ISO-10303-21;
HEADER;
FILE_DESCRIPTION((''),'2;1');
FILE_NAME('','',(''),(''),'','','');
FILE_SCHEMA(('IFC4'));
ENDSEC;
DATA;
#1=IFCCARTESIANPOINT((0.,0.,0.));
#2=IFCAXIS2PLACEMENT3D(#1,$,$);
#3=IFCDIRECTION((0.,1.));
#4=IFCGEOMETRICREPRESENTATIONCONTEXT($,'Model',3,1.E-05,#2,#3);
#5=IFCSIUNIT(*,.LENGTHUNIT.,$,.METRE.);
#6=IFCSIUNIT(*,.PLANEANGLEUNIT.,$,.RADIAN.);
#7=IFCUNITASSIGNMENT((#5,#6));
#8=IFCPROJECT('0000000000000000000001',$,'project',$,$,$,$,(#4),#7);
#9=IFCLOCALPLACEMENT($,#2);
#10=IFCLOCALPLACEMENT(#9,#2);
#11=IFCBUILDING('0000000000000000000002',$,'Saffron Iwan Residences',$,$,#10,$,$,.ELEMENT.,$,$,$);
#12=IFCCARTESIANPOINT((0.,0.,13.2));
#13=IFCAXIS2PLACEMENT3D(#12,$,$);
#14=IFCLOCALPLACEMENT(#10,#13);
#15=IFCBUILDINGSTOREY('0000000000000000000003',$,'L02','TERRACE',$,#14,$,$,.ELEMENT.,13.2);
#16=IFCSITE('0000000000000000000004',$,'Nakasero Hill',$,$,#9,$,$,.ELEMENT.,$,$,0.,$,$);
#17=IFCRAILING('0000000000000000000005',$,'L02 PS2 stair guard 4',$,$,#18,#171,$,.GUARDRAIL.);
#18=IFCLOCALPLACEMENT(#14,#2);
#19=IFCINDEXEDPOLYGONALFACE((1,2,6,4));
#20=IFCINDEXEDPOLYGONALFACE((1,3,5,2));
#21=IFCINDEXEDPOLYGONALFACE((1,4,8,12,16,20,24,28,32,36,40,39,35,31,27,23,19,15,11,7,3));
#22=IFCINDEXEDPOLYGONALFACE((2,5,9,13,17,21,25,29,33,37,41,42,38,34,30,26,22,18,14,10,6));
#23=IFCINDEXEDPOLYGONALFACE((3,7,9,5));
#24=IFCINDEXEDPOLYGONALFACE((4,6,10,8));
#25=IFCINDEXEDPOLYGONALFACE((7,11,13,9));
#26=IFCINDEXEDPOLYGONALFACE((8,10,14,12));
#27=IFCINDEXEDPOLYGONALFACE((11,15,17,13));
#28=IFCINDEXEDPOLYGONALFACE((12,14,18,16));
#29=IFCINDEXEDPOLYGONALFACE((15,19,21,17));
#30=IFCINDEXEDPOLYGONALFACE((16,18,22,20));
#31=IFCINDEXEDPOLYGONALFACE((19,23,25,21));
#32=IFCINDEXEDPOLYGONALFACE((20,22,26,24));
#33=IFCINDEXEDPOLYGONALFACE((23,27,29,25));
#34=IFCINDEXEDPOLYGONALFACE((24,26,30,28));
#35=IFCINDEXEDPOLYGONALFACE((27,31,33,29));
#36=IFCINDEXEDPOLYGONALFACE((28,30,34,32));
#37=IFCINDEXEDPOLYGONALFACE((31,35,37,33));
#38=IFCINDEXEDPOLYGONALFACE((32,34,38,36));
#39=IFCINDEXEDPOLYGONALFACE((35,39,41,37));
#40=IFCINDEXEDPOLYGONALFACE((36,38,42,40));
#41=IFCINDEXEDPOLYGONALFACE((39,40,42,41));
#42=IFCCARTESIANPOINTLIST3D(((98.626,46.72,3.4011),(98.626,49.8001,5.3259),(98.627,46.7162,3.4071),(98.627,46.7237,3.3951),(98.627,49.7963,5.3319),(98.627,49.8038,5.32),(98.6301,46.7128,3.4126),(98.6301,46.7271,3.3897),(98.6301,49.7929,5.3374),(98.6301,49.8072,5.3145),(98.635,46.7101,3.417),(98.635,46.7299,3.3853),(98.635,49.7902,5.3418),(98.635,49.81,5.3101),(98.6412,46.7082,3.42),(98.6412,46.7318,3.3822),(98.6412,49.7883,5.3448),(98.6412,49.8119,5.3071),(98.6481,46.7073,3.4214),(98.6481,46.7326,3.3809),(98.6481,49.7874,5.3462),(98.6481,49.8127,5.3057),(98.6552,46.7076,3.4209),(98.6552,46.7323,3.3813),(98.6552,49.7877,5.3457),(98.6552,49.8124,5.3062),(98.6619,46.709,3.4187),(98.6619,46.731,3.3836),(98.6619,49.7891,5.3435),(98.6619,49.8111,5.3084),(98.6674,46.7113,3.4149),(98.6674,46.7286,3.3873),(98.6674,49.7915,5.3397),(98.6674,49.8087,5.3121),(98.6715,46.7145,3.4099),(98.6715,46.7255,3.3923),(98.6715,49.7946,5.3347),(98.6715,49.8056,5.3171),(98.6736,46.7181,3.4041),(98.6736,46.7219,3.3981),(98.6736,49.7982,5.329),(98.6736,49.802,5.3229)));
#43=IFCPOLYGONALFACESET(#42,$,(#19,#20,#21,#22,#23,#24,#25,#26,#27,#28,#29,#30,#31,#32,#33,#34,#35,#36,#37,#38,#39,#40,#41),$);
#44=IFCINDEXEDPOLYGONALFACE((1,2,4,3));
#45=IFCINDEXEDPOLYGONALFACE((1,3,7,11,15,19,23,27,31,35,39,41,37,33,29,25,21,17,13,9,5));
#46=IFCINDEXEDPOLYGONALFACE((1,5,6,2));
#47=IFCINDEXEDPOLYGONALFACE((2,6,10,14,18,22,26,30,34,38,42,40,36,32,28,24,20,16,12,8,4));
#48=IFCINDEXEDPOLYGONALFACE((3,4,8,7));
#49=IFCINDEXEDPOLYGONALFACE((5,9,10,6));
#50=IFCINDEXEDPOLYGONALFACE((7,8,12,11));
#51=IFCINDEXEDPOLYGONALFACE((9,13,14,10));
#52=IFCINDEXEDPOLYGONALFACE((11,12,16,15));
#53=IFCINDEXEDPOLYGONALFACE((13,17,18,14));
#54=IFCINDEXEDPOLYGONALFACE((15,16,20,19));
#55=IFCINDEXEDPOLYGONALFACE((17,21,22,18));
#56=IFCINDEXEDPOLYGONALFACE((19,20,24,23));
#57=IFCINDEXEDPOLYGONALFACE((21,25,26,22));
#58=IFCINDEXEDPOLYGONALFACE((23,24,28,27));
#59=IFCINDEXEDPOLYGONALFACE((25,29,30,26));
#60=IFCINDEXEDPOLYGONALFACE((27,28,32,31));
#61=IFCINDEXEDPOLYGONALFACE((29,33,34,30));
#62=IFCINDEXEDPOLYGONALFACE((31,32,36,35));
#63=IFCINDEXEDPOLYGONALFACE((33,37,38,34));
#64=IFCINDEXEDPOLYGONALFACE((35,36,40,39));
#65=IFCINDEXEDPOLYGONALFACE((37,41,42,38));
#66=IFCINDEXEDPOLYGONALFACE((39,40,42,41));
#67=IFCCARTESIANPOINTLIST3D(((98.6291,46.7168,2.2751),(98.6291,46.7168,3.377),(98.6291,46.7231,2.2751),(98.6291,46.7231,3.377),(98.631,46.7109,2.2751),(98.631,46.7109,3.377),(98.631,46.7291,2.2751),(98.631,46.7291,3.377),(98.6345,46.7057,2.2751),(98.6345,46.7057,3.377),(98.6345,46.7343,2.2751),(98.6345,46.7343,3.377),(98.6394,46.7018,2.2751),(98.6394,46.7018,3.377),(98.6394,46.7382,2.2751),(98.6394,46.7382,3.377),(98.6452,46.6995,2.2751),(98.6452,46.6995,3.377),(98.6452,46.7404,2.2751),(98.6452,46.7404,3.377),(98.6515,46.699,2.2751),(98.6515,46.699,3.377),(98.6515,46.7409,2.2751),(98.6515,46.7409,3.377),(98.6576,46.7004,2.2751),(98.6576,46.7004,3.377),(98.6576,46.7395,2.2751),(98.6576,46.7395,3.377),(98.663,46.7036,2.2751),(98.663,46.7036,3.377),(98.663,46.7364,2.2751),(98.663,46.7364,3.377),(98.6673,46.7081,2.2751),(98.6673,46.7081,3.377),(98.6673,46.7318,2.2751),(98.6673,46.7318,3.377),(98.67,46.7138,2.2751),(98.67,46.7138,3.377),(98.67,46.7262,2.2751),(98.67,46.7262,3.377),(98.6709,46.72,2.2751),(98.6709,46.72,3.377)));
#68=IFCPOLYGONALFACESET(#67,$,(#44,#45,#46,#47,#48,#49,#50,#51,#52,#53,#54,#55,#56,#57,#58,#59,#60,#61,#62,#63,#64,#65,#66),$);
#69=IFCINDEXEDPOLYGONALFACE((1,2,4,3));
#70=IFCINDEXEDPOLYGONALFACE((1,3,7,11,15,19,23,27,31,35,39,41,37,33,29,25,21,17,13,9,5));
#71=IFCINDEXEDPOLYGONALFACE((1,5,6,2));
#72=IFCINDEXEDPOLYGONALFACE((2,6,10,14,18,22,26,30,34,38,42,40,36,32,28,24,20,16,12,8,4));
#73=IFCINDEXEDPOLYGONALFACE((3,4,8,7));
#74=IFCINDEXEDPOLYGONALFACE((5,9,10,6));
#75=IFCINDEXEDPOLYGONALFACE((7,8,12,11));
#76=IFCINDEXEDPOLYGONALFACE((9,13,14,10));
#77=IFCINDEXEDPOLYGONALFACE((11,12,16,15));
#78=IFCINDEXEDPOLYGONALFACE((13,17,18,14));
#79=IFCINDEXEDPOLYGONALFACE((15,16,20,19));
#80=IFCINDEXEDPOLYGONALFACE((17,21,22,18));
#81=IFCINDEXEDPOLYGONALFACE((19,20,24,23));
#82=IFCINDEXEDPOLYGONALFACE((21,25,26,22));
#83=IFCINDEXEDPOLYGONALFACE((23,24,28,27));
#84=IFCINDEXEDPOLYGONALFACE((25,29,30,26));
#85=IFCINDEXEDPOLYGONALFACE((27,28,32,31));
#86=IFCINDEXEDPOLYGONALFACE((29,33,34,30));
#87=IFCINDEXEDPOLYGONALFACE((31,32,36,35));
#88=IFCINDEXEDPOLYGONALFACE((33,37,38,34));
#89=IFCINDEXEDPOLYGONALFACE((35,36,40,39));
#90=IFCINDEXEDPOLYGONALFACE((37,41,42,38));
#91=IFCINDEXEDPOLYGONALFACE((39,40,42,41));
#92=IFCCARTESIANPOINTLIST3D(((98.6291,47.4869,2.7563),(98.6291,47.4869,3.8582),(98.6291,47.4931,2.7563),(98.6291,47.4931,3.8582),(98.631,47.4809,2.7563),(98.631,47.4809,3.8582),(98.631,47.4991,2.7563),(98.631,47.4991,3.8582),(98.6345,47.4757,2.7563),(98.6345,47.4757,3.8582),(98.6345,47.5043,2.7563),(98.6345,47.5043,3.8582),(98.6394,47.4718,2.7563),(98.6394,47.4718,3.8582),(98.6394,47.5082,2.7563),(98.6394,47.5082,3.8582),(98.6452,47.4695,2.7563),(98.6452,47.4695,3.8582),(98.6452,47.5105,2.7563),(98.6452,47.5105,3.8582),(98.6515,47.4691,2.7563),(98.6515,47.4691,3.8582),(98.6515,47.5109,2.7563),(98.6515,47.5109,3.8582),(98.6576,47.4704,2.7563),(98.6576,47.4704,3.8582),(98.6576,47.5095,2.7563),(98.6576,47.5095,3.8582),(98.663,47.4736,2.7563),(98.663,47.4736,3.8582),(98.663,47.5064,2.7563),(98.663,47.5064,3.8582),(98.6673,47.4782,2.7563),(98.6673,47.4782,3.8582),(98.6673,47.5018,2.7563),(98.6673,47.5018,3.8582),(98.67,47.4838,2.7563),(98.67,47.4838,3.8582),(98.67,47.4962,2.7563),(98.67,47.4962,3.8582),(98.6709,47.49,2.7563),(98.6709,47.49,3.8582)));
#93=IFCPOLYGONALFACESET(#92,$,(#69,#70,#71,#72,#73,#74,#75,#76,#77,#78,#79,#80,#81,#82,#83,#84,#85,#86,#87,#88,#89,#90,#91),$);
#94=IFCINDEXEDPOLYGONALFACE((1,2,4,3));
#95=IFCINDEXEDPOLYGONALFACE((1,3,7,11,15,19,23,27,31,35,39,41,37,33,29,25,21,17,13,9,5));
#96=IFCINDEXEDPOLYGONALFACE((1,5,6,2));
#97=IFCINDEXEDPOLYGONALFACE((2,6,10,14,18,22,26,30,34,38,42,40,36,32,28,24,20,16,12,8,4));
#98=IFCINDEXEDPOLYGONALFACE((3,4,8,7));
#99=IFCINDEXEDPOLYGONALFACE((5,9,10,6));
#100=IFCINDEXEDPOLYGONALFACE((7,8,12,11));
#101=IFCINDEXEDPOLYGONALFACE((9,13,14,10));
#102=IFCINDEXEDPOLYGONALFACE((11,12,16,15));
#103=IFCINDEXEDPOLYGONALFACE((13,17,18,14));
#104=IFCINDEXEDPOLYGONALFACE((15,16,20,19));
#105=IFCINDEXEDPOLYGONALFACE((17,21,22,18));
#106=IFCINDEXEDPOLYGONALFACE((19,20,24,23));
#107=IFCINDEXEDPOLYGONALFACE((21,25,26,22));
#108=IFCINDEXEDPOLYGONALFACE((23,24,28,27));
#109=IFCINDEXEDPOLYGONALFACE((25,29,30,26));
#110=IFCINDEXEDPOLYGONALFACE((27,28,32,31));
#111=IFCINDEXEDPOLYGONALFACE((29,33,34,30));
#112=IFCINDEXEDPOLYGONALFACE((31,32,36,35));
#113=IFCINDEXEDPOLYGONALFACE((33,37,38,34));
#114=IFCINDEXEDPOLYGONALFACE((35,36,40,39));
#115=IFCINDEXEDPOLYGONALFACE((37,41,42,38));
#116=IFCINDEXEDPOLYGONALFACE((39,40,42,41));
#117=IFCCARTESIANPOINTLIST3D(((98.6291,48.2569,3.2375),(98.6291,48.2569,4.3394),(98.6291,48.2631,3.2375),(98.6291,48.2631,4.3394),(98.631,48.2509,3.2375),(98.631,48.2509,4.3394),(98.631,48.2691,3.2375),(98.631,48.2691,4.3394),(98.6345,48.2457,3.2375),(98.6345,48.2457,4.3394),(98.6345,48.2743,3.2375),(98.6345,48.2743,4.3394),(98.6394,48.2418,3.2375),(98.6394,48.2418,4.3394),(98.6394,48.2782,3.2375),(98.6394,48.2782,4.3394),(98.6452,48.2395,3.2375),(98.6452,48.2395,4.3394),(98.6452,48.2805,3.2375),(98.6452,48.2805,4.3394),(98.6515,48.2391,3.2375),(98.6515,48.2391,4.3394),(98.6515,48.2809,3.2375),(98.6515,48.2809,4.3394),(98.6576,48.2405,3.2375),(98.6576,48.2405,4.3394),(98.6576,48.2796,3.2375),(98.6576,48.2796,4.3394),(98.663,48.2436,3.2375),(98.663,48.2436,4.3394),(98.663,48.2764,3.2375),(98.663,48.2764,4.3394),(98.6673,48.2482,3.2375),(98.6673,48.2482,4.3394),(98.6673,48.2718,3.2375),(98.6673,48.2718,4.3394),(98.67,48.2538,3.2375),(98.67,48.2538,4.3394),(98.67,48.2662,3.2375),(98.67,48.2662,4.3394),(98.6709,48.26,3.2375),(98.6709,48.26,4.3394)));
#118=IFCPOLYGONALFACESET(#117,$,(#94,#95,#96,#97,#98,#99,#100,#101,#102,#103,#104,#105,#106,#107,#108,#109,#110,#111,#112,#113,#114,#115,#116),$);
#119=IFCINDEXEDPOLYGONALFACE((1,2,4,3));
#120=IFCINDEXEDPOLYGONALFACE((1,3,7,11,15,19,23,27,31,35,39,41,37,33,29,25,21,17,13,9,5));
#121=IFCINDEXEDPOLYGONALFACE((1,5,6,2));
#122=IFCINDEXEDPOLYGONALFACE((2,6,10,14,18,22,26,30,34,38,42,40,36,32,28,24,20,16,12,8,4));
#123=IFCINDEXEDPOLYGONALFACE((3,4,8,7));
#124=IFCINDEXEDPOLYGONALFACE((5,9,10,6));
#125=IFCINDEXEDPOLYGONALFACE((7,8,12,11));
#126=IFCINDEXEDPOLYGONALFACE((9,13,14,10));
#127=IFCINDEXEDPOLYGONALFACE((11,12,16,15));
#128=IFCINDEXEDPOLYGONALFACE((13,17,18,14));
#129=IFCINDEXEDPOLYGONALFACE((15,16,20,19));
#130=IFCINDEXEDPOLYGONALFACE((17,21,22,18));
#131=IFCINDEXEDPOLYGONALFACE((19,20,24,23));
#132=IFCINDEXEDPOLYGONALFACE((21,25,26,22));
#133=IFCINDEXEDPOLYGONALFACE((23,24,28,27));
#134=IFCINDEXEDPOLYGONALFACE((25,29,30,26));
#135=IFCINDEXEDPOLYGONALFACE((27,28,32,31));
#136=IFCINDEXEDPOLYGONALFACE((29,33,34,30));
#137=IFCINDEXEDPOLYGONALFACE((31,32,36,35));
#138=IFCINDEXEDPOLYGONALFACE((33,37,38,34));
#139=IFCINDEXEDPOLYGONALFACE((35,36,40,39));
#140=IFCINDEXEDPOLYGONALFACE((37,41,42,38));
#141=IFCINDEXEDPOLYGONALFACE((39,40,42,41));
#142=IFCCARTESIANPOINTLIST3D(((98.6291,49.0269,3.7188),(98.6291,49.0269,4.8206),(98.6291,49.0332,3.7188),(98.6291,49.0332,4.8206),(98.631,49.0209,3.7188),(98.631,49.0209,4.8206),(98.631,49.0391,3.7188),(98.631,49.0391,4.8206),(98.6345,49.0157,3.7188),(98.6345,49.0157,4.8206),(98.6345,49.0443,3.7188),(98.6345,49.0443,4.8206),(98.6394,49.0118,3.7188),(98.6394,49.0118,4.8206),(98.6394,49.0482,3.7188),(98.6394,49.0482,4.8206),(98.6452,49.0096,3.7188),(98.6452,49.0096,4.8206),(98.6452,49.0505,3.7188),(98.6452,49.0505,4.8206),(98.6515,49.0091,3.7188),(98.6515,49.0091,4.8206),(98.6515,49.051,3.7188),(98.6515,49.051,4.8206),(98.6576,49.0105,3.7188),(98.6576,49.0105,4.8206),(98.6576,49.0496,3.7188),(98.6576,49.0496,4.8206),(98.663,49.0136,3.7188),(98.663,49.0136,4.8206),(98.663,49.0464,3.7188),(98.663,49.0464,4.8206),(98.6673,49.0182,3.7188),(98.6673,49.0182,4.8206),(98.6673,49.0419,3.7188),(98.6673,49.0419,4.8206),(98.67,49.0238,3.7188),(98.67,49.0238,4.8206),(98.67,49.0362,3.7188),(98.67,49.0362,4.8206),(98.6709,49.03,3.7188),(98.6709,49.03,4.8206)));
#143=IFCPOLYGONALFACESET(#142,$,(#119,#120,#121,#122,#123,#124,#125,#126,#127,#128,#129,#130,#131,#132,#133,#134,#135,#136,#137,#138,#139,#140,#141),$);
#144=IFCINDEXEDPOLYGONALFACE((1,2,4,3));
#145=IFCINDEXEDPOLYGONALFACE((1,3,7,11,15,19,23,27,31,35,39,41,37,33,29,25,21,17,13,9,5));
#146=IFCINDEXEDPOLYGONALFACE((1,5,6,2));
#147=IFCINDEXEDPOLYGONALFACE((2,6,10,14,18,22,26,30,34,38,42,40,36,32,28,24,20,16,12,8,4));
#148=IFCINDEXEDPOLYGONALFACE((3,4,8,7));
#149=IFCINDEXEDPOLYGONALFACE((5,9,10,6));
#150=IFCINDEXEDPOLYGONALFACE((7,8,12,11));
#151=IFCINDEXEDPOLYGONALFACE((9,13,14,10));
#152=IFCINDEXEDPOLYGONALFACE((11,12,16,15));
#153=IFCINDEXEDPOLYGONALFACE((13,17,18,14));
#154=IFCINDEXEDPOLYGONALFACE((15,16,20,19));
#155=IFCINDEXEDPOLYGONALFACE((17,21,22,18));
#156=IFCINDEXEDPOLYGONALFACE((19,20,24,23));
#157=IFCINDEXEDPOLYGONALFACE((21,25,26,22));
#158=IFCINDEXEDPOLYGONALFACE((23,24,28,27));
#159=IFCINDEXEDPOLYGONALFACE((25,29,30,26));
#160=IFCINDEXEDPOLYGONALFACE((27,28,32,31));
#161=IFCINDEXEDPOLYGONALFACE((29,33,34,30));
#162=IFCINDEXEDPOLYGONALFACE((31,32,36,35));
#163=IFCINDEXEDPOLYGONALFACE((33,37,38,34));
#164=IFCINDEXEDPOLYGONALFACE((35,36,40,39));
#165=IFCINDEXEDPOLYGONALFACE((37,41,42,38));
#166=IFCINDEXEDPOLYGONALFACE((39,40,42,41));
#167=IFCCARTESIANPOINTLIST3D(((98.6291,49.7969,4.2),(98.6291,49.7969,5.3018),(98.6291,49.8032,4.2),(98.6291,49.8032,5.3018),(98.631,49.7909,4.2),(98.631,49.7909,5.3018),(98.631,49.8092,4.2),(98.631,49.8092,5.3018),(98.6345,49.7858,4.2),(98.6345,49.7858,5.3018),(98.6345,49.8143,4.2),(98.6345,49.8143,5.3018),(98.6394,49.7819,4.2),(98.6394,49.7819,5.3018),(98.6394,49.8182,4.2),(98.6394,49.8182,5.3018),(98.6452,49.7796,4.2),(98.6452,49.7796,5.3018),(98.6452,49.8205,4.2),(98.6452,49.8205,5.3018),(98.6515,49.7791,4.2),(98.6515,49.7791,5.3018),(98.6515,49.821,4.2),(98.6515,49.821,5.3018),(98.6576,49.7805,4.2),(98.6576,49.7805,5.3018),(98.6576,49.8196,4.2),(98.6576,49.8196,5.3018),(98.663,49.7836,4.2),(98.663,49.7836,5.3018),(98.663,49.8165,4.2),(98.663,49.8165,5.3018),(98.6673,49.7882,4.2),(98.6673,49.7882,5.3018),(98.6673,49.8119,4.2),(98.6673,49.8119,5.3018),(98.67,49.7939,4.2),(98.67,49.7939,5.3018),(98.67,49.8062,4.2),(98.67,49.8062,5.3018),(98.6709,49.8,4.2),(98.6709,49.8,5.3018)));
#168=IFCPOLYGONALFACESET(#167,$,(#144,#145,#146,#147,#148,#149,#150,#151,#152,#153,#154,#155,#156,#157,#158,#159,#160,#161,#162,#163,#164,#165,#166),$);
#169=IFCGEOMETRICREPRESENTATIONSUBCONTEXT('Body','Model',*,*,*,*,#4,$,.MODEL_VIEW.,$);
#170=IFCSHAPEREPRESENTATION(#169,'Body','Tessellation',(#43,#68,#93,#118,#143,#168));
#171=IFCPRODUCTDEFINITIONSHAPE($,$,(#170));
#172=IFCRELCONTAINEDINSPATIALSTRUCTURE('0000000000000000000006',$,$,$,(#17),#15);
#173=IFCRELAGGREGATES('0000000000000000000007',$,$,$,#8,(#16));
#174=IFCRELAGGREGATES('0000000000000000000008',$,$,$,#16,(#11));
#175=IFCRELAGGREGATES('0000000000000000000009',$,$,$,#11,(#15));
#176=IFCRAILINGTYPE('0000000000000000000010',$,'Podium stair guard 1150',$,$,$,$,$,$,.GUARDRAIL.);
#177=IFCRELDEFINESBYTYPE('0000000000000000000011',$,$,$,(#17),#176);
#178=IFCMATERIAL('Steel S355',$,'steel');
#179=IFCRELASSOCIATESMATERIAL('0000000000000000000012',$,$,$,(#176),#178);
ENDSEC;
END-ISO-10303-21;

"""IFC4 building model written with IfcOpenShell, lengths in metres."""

from ifc_helpers import new_model, si_unit, direction, frame, origin, origin_2d, place, context, subcontext, project, spatial, circle, extrude, material, type_object, element, save


model = new_model("IFC4")

# Units and contexts
model_context = context("Model", 3, precision=1e-05, world=origin(), true_north=direction((0.0, 1.0)))
body_context = subcontext(model_context, "Body", "Model", "MODEL_VIEW")
ifc_project = project(units=[si_unit("LENGTHUNIT", "METRE"), si_unit("PLANEANGLEUNIT", "RADIAN")], contexts=[model_context])

# Site, building, storey
site_placement = place(None, origin())
site = spatial("IfcSite", under=ifc_project, at=site_placement, Name="Nakasero Hill", CompositionType="ELEMENT", RefElevation=0.0)
building_placement = place(site_placement, origin())
building = spatial("IfcBuilding", under=site, at=building_placement, Name="Saffron Iwan Residences", CompositionType="ELEMENT")
storey_placement = place(building_placement, frame((0.0, 0.0, 13.2)))
storey = spatial("IfcBuildingStorey", under=building, at=storey_placement, Name="L02", Description="TERRACE", CompositionType="ELEMENT", Elevation=13.2)

# Railing
ifc_material_1 = material(Name="Steel S355", Category="steel")
railing_type_1 = type_object("IfcRailingType", Name="Podium stair guard 1150", PredefinedType="GUARDRAIL", material=ifc_material_1)
railing_1_placement = place(storey_placement, frame((98.6499, 46.72, 2.2751)))
element("IfcRailing", 1, at=railing_1_placement, inside=storey, type_object=railing_type_1, Name="L02 PS2 stair guard 4", PredefinedType="GUARDRAIL", context=body_context, shape_type="SweptSolid", body=[
    extrude(circle(Radius=0.0239, at=origin_2d()), frame((0.0, 0.0, 1.126), z_axis=(0.0, 0.848029, 0.529951), x_axis=(-1.0, 0.0, 0.0)), (0.0, 0.0, 1.0), 3.6321),
    extrude(circle(Radius=0.021, at=origin_2d()), origin(), (0.0, 0.0, 1.0), 1.1018),
    extrude(circle(Radius=0.021, at=origin_2d()), frame((0.0, 0.77, 0.4812)), (0.0, 0.0, 1.0), 1.1018),
    extrude(circle(Radius=0.021, at=origin_2d()), frame((0.0, 1.54, 0.9624)), (0.0, 0.0, 1.0), 1.1018),
    extrude(circle(Radius=0.021, at=origin_2d()), frame((0.0, 2.3101, 1.4436)), (0.0, 0.0, 1.0), 1.1018),
    extrude(circle(Radius=0.021, at=origin_2d()), frame((0.0, 3.0801, 1.9248)), (0.0, 0.0, 1.0), 1.1018),
])

save(model, "model.ifc")
